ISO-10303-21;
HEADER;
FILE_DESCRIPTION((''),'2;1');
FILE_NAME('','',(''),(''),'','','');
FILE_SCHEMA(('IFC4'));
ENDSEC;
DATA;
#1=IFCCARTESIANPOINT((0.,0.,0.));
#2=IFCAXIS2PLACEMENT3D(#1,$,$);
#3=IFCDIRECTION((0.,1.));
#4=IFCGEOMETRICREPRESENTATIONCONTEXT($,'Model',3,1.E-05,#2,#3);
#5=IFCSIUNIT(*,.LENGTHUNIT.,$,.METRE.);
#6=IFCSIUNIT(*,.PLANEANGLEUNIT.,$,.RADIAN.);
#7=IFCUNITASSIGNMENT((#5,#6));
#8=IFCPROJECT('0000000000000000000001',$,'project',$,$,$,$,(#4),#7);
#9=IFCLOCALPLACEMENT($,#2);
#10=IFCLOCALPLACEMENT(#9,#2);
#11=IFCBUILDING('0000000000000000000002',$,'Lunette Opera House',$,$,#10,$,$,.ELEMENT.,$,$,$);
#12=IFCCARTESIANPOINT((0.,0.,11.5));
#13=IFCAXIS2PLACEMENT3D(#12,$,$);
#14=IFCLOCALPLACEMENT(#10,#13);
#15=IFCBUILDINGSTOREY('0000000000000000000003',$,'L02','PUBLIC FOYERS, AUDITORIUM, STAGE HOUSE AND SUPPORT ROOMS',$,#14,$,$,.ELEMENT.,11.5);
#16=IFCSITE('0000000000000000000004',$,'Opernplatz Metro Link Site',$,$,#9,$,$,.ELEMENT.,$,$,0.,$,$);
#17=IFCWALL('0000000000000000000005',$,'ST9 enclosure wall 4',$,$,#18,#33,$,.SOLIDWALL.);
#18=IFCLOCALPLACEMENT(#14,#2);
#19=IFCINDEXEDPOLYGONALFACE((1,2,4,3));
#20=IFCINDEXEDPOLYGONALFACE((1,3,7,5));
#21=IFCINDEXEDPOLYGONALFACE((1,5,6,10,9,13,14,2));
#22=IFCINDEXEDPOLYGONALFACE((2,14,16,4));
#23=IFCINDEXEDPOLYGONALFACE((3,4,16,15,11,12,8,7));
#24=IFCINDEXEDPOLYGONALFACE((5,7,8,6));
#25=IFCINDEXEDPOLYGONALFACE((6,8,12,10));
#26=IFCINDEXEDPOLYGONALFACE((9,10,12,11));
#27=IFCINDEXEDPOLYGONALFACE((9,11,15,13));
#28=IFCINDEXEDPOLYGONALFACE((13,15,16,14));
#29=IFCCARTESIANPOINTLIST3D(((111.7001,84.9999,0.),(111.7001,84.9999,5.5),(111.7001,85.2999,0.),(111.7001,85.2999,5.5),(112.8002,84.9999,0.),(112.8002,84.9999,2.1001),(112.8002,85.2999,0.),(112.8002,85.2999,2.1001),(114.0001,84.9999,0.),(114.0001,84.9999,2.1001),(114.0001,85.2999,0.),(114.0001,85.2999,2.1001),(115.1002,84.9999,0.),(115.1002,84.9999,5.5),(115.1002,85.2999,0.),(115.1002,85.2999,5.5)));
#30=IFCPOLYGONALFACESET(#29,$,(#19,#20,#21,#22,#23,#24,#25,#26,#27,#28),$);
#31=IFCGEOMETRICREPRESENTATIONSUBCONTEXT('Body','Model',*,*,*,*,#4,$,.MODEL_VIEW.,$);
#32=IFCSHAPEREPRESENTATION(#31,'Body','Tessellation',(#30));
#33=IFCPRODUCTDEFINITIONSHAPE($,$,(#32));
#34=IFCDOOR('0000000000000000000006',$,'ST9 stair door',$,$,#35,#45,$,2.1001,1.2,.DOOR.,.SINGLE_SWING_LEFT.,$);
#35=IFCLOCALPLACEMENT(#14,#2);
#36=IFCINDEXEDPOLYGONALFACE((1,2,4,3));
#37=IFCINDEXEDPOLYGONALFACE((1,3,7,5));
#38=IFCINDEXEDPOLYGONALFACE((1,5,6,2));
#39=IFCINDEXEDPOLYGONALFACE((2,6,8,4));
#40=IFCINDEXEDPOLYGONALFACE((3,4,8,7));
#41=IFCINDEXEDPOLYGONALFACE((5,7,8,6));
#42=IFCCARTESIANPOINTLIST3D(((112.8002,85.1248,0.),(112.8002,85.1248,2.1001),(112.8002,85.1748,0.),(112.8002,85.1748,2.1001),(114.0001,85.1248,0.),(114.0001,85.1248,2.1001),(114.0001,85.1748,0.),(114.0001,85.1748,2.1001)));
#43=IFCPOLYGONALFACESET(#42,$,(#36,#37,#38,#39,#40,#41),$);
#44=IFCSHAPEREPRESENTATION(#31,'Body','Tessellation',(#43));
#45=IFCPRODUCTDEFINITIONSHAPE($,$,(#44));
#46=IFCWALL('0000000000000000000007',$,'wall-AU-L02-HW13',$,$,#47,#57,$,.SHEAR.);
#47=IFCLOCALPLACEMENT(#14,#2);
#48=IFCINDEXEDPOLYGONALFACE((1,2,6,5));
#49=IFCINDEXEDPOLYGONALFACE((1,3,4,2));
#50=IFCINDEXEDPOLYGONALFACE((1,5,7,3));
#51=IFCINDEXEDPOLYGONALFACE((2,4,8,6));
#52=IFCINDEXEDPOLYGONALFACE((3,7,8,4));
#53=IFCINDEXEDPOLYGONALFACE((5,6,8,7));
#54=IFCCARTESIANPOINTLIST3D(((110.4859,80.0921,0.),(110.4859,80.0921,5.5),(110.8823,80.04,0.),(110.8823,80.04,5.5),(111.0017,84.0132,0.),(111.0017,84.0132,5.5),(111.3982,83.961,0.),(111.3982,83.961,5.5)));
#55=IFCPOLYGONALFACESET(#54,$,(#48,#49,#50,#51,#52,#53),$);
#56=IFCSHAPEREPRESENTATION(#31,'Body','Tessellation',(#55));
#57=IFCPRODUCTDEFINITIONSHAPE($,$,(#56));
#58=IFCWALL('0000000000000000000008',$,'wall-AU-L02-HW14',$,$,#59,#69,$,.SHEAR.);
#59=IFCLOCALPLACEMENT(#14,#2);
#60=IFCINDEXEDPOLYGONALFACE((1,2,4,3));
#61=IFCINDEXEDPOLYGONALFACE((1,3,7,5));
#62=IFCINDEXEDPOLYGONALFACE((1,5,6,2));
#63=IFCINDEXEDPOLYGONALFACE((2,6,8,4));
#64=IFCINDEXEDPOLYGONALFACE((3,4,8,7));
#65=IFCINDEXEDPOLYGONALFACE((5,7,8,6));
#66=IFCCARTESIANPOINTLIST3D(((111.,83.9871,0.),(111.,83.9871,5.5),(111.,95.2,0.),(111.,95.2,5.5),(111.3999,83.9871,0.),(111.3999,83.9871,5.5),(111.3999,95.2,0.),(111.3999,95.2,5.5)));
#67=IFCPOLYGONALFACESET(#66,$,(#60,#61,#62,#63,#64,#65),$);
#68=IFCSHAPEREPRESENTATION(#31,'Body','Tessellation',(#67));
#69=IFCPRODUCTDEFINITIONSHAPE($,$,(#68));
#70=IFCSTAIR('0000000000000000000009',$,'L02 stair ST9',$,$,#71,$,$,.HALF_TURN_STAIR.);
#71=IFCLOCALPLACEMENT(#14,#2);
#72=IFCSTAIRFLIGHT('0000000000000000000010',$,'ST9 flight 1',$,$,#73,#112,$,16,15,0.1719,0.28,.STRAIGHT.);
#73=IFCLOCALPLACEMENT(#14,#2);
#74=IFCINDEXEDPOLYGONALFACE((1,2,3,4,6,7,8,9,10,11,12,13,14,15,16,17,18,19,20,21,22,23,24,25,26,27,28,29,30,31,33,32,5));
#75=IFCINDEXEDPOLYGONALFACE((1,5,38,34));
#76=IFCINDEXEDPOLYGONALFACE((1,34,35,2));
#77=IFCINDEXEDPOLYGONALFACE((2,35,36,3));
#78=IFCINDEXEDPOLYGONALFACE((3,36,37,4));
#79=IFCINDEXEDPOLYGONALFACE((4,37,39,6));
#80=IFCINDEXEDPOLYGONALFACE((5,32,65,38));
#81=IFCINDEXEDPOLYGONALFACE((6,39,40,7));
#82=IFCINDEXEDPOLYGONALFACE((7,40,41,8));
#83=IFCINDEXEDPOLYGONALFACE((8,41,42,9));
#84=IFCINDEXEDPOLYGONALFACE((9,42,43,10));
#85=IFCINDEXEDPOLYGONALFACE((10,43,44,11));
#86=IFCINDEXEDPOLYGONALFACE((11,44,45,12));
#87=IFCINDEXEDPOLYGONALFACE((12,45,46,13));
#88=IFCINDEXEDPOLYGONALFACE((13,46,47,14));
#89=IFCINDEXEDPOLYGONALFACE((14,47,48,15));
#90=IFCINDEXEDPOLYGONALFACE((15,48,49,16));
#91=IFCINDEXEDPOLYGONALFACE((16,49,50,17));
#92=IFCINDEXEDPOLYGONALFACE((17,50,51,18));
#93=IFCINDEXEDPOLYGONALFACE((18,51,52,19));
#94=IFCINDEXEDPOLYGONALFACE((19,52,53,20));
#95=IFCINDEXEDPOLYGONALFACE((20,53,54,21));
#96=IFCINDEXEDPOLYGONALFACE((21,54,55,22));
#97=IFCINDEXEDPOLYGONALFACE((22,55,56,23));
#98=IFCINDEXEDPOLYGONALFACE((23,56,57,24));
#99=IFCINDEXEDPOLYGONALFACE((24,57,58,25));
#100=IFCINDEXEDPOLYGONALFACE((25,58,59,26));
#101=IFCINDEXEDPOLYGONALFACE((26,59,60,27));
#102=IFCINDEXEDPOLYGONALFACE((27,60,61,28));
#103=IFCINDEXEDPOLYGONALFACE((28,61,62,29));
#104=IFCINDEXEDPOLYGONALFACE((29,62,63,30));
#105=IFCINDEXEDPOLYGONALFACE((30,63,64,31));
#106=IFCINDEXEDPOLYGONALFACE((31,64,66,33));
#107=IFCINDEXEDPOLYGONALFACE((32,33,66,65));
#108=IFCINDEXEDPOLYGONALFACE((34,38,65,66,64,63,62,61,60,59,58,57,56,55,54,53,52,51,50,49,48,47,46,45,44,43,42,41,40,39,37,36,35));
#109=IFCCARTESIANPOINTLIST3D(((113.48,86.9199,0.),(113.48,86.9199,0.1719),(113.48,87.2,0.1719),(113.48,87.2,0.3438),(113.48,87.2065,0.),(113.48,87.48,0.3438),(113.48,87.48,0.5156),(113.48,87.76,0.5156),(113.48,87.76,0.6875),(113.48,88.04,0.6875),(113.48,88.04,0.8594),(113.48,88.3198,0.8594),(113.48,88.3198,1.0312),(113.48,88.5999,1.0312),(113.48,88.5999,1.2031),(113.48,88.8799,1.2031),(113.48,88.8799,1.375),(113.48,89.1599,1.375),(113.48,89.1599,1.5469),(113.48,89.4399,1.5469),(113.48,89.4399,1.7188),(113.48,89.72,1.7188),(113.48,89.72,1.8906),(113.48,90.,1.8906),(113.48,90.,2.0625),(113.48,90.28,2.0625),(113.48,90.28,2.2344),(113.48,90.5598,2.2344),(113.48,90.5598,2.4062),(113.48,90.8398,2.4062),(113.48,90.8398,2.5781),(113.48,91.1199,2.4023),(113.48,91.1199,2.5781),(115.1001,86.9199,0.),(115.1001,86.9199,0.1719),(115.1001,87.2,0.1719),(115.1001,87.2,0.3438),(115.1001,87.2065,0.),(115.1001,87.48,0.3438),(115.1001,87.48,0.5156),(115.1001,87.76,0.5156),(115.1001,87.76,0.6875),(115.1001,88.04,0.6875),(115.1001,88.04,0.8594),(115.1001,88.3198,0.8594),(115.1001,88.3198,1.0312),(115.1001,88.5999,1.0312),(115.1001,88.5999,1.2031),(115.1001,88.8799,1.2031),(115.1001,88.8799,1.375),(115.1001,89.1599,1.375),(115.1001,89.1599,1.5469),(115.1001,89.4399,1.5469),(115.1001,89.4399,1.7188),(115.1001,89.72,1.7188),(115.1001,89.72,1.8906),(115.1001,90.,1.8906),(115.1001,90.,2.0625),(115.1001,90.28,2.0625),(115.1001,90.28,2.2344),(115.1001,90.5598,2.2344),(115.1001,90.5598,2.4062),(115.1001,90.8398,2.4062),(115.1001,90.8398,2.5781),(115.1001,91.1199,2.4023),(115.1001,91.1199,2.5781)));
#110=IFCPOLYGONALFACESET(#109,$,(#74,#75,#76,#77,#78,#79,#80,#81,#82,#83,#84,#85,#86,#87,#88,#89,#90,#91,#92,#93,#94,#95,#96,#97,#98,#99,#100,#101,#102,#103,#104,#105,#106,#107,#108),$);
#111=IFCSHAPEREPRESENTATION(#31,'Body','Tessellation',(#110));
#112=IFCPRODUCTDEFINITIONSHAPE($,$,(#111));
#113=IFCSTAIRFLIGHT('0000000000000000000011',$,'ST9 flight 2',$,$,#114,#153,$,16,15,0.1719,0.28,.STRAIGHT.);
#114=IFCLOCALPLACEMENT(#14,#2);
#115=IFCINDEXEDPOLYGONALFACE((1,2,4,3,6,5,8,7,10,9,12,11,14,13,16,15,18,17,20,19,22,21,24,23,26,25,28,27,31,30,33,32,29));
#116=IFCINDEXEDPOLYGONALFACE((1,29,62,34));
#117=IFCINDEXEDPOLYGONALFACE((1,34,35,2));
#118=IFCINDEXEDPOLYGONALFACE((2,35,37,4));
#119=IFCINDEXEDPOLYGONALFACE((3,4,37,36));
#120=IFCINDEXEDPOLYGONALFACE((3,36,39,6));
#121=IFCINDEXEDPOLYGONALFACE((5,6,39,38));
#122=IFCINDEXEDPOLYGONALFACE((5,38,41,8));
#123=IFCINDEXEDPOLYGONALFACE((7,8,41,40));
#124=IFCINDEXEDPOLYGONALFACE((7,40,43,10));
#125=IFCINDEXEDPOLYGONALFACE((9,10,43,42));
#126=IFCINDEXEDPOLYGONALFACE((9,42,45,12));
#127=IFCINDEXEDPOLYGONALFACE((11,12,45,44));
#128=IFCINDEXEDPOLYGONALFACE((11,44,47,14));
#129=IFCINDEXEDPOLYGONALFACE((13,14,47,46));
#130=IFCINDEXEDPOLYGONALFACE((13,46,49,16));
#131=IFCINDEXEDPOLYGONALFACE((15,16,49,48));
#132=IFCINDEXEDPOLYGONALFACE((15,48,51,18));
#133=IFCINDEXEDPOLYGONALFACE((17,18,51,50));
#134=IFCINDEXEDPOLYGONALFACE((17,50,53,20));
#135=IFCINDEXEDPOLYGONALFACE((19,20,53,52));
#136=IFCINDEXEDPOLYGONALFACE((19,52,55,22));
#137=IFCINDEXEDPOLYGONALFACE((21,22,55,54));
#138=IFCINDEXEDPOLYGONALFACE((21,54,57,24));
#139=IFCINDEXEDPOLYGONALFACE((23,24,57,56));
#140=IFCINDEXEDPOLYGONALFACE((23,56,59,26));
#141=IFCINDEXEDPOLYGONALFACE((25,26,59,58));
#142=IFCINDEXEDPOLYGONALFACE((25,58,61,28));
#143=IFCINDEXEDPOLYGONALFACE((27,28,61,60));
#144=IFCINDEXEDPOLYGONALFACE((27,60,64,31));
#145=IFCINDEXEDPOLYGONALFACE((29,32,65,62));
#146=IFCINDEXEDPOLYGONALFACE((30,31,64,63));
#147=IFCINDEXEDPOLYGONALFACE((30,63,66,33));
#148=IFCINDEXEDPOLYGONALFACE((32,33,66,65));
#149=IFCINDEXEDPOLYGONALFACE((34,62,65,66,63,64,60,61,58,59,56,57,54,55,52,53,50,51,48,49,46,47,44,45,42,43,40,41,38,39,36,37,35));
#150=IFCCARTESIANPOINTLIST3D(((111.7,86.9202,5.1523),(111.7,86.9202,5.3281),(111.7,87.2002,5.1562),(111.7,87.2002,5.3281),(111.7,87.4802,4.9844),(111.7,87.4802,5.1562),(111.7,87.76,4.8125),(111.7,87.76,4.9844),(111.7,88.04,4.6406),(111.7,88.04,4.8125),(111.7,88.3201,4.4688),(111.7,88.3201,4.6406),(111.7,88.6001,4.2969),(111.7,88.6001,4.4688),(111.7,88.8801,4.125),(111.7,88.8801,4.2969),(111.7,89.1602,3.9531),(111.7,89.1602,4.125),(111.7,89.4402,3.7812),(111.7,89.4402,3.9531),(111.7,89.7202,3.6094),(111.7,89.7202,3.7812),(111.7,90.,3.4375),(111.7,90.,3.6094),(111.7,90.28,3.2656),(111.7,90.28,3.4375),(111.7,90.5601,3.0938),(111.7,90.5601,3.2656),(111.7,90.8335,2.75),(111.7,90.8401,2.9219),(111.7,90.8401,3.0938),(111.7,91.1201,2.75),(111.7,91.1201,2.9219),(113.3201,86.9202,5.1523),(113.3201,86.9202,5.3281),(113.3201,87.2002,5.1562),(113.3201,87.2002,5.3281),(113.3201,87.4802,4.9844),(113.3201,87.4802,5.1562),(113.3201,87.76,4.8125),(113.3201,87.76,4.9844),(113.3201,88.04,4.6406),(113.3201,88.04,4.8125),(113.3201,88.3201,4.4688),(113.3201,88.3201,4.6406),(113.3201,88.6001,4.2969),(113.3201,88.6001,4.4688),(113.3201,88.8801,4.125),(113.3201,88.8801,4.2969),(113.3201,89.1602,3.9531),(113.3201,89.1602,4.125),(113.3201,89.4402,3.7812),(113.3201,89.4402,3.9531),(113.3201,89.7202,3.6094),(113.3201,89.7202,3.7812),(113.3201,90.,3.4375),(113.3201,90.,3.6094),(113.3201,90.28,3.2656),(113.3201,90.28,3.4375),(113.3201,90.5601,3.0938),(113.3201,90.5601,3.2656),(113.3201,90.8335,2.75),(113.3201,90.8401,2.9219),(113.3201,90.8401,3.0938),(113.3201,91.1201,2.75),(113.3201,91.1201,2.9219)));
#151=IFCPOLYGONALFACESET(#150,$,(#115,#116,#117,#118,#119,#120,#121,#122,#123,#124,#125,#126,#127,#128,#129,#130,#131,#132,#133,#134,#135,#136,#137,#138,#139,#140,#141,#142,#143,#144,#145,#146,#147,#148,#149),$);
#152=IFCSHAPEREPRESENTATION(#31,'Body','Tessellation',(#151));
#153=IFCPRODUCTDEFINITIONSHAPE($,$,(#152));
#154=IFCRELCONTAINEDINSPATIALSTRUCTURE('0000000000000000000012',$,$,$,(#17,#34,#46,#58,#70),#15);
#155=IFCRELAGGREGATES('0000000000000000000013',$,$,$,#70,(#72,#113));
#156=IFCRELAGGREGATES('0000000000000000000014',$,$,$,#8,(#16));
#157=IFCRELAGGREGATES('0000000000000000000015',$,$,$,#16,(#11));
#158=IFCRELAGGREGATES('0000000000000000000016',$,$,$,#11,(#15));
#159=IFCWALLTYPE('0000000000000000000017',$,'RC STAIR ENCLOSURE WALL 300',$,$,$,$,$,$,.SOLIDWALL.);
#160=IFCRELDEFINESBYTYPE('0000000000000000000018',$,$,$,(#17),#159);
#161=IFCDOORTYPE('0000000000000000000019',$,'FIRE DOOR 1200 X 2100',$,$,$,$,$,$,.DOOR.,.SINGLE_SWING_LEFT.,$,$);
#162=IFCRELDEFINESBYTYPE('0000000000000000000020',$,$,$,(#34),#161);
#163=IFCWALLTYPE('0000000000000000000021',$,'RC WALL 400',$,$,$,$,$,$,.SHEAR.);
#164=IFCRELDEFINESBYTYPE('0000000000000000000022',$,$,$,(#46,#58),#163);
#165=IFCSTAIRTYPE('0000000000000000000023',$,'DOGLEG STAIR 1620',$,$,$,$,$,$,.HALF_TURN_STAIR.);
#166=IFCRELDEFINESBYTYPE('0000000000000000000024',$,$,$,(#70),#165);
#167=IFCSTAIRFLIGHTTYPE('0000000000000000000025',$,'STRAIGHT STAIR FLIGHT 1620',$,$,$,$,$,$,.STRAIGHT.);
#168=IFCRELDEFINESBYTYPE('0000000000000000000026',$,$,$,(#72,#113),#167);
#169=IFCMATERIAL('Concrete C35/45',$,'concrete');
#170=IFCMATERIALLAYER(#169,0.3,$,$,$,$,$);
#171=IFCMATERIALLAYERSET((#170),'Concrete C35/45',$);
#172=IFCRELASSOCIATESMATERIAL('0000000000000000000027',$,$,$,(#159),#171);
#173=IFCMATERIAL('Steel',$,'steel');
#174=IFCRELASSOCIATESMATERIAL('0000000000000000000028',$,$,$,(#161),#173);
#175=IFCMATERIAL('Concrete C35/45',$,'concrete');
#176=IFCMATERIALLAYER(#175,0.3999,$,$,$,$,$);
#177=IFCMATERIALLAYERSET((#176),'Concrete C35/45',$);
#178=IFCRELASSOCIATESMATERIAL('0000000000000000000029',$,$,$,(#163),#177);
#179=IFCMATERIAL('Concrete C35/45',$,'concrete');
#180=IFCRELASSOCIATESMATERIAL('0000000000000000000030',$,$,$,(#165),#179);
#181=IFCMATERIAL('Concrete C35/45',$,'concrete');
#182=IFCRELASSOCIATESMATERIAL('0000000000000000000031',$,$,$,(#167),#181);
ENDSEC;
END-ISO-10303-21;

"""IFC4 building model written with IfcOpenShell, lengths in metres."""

from ifc_helpers import new_model, si_unit, direction, frame, frame_2d, origin, place, context, subcontext, project, spatial, polyline, rectangle, outline, extrude, material, layer, layer_set, type_object, element, fill, aggregate, save


model = new_model("IFC4")

# Units and contexts
model_context = context("Model", 3, precision=1e-05, world=origin(), true_north=direction((0.0, 1.0)))
body_context = subcontext(model_context, "Body", "Model", "MODEL_VIEW")
ifc_project = project(units=[si_unit("LENGTHUNIT", "METRE"), si_unit("PLANEANGLEUNIT", "RADIAN")], contexts=[model_context])

# Site, building, storey
site_placement = place(None, origin())
site = spatial("IfcSite", under=ifc_project, at=site_placement, Name="Opernplatz Metro Link Site", CompositionType="ELEMENT", RefElevation=0.0)
building_placement = place(site_placement, origin())
building = spatial("IfcBuilding", under=site, at=building_placement, Name="Lunette Opera House", CompositionType="ELEMENT")
storey_placement = place(building_placement, frame((0.0, 0.0, 11.5)))
storey = spatial("IfcBuildingStorey", under=building, at=storey_placement, Name="L02", Description="PUBLIC FOYERS, AUDITORIUM, STAGE HOUSE AND SUPPORT ROOMS", CompositionType="ELEMENT", Elevation=11.5)

# Shared definitions
ifc_material_1 = material(Name="Concrete C35/45", Category="concrete")
ifc_layer_1 = layer(ifc_material_1, 0.3)
ifc_layer_set_1 = layer_set([ifc_layer_1], Name="Concrete C35/45")
wall_type_1 = type_object("IfcWallType", Name="RC STAIR ENCLOSURE WALL 300", PredefinedType="SOLIDWALL", material=ifc_layer_set_1)

# Wall, opening, door
wall_1_placement = place(storey_placement, frame((111.7, 85.1499, 0.0), z_axis=(0.0, 0.0, 1.0), x_axis=(1.0, 0.0, 0.0)))
wall_1 = element("IfcWall", 1, at=wall_1_placement, inside=storey, type_object=wall_type_1, Name="ST9 enclosure wall 4", PredefinedType="SOLIDWALL", context=body_context, shape_type="SweptSolid", body=[
    extrude(rectangle(XDim=3.4001, YDim=0.3, at=frame_2d((1.7002, 0.0))), origin(), (0.0, 0.0, 1.0), 5.5),
])
opening_1_placement = place(wall_1_placement, frame((1.1001, 0.0, 0.0)))
opening_1 = element("IfcOpeningElement", 2, at=opening_1_placement, cuts=wall_1, PredefinedType="OPENING", context=body_context, shape_type="SweptSolid", body=[
    extrude(rectangle(XDim=1.2, YDim=2.1001, at=frame_2d((0.6001, 1.05))), frame((0.0, 0.1621, 0.0), z_axis=(0.0, -1.0, 0.0), x_axis=(1.0, 0.0, 0.0)), (0.0, 0.0, 1.0), 0.324),
])
ifc_material_2 = material(Name="Steel", Category="steel")
door_type_1 = type_object("IfcDoorType", Name="FIRE DOOR 1200 X 2100", OperationType="SINGLE_SWING_LEFT", PredefinedType="DOOR", material=ifc_material_2)
door_1_placement = place(opening_1_placement, origin())
door_1 = element("IfcDoor", 3, at=door_1_placement, inside=storey, type_object=door_type_1, Name="ST9 stair door", OperationType="SINGLE_SWING_LEFT", OverallHeight=2.1001, OverallWidth=1.2, PredefinedType="DOOR", context=body_context, shape_type="SweptSolid", body=[
    extrude(rectangle(XDim=1.2, YDim=2.1001, at=frame_2d((0.6001, 1.05))), frame((0.0, 0.0249, 0.0), z_axis=(0.0, -1.0, 0.0), x_axis=(1.0, 0.0, 0.0)), (0.0, 0.0, 1.0), 0.05),
])
fill(opening_1, door_1)

# Walls
ifc_material_3 = material(Name="Concrete C35/45", Category="concrete")
ifc_layer_2 = layer(ifc_material_3, 0.3999)
ifc_layer_set_2 = layer_set([ifc_layer_2], Name="Concrete C35/45")
wall_type_2 = type_object("IfcWallType", Name="RC WALL 400", PredefinedType="SHEAR", material=ifc_layer_set_2)
wall_2_placement = place(storey_placement, frame((110.6841, 80.0659, 0.0), z_axis=(0.0, 0.0, 1.0), x_axis=(0.130437, 0.991457, 0.0)))
element("IfcWall", 4, at=wall_2_placement, inside=storey, type_object=wall_type_2, Name="wall-AU-L02-HW13", PredefinedType="SHEAR", context=body_context, shape_type="SweptSolid", body=[
    extrude(rectangle(XDim=3.9548, YDim=0.3999, at=frame_2d((1.9775, 0.0))), origin(), (0.0, 0.0, 1.0), 5.5),
])
wall_3_placement = place(storey_placement, frame((111.2, 83.9871, 0.0), z_axis=(0.0, 0.0, 1.0), x_axis=(0.0, 1.0, 0.0)))
element("IfcWall", 5, at=wall_3_placement, inside=storey, type_object=wall_type_2, Name="wall-AU-L02-HW14", PredefinedType="SHEAR", context=body_context, shape_type="SweptSolid", body=[
    extrude(rectangle(XDim=11.2129, YDim=0.3999, at=frame_2d((5.6064, 0.0))), origin(), (0.0, 0.0, 1.0), 5.5),
])

# Stair, stair flights
ifc_material_4 = material(Name="Concrete C35/45", Category="concrete")
stair_type = type_object("IfcStairType", Name="DOGLEG STAIR 1620", PredefinedType="HALF_TURN_STAIR", material=ifc_material_4)
stair_placement = place(storey_placement, origin())
stair = element("IfcStair", 6, at=stair_placement, inside=storey, type_object=stair_type, Name="L02 stair ST9", PredefinedType="HALF_TURN_STAIR")
ifc_material_5 = material(Name="Concrete C35/45", Category="concrete")
stair_flight_type = type_object("IfcStairFlightType", Name="STRAIGHT STAIR FLIGHT 1620", PredefinedType="STRAIGHT", material=ifc_material_5)
stair_flight_1_placement = place(storey_placement, frame((114.29, 86.9199, 0.0), z_axis=(0.0, 0.0, 1.0), x_axis=(0.0, 1.0, 0.0)))
stair_flight_1 = element("IfcStairFlight", 7, at=stair_flight_1_placement, type_object=stair_flight_type, Name="ST9 flight 1", NumberOfRisers=16, NumberOfTreads=15, PredefinedType="STRAIGHT", RiserHeight=0.1719, TreadLength=0.28, context=body_context, shape_type="SweptSolid", body=[
    extrude(outline(polyline([(0.0, 0.0), (0.0, 0.1719), (0.28, 0.1719), (0.28, 0.3438), (0.5601, 0.3438), (0.5601, 0.5156), (0.8401, 0.5156), (0.8401, 0.6875), (1.1201, 0.6875), (1.1201, 0.8594), (1.3999, 0.8594), (1.3999, 1.0312), (1.6799, 1.0312), (1.6799, 1.2031), (1.96, 1.2031), (1.96, 1.375), (2.24, 1.375), (2.24, 1.5469), (2.52, 1.5469), (2.52, 1.7188), (2.8, 1.7188), (2.8, 1.8906), (3.0801, 1.8906), (3.0801, 2.0625), (3.3601, 2.0625), (3.3601, 2.2344), (3.6399, 2.2344), (3.6399, 2.4062), (3.9199, 2.4062), (3.9199, 2.5781), (4.2, 2.5781), (4.2, 2.75), (4.2, 2.4023), (0.2866, 0.0), (0.0, 0.0)])), frame((0.0, 0.8101, 0.0), z_axis=(0.0, -1.0, 0.0), x_axis=(1.0, 0.0, 0.0)), (0.0, 0.0, 1.0), 1.6201),
])
stair_flight_2_placement = place(storey_placement, frame((112.51, 91.1201, 2.75), z_axis=(0.0, 0.0, 1.0), x_axis=(0.0, -1.0, 0.0)))
stair_flight_2 = element("IfcStairFlight", 8, at=stair_flight_2_placement, type_object=stair_flight_type, Name="ST9 flight 2", NumberOfRisers=16, NumberOfTreads=15, PredefinedType="STRAIGHT", RiserHeight=0.1719, TreadLength=0.28, context=body_context, shape_type="SweptSolid", body=[
    extrude(outline(polyline([(0.0, 0.0), (0.0, 0.1719), (0.28, 0.1719), (0.28, 0.3438), (0.5601, 0.3438), (0.5601, 0.5156), (0.8401, 0.5156), (0.8401, 0.6875), (1.1201, 0.6875), (1.1201, 0.8594), (1.3999, 0.8594), (1.3999, 1.0312), (1.6799, 1.0312), (1.6799, 1.2031), (1.96, 1.2031), (1.96, 1.375), (2.24, 1.375), (2.24, 1.5469), (2.52, 1.5469), (2.52, 1.7188), (2.8, 1.7188), (2.8, 1.8906), (3.0801, 1.8906), (3.0801, 2.0625), (3.3601, 2.0625), (3.3601, 2.2344), (3.6399, 2.2344), (3.6399, 2.4062), (3.9199, 2.4062), (3.9199, 2.5781), (4.2, 2.5781), (4.2, 2.75), (4.2, 2.4023), (0.2866, 0.0), (0.0, 0.0)])), frame((0.0, 0.8101, 0.0), z_axis=(0.0, -1.0, 0.0), x_axis=(1.0, 0.0, 0.0)), (0.0, 0.0, 1.0), 1.6201),
])
aggregate(stair, [stair_flight_1, stair_flight_2])

save(model, "model.ifc")
